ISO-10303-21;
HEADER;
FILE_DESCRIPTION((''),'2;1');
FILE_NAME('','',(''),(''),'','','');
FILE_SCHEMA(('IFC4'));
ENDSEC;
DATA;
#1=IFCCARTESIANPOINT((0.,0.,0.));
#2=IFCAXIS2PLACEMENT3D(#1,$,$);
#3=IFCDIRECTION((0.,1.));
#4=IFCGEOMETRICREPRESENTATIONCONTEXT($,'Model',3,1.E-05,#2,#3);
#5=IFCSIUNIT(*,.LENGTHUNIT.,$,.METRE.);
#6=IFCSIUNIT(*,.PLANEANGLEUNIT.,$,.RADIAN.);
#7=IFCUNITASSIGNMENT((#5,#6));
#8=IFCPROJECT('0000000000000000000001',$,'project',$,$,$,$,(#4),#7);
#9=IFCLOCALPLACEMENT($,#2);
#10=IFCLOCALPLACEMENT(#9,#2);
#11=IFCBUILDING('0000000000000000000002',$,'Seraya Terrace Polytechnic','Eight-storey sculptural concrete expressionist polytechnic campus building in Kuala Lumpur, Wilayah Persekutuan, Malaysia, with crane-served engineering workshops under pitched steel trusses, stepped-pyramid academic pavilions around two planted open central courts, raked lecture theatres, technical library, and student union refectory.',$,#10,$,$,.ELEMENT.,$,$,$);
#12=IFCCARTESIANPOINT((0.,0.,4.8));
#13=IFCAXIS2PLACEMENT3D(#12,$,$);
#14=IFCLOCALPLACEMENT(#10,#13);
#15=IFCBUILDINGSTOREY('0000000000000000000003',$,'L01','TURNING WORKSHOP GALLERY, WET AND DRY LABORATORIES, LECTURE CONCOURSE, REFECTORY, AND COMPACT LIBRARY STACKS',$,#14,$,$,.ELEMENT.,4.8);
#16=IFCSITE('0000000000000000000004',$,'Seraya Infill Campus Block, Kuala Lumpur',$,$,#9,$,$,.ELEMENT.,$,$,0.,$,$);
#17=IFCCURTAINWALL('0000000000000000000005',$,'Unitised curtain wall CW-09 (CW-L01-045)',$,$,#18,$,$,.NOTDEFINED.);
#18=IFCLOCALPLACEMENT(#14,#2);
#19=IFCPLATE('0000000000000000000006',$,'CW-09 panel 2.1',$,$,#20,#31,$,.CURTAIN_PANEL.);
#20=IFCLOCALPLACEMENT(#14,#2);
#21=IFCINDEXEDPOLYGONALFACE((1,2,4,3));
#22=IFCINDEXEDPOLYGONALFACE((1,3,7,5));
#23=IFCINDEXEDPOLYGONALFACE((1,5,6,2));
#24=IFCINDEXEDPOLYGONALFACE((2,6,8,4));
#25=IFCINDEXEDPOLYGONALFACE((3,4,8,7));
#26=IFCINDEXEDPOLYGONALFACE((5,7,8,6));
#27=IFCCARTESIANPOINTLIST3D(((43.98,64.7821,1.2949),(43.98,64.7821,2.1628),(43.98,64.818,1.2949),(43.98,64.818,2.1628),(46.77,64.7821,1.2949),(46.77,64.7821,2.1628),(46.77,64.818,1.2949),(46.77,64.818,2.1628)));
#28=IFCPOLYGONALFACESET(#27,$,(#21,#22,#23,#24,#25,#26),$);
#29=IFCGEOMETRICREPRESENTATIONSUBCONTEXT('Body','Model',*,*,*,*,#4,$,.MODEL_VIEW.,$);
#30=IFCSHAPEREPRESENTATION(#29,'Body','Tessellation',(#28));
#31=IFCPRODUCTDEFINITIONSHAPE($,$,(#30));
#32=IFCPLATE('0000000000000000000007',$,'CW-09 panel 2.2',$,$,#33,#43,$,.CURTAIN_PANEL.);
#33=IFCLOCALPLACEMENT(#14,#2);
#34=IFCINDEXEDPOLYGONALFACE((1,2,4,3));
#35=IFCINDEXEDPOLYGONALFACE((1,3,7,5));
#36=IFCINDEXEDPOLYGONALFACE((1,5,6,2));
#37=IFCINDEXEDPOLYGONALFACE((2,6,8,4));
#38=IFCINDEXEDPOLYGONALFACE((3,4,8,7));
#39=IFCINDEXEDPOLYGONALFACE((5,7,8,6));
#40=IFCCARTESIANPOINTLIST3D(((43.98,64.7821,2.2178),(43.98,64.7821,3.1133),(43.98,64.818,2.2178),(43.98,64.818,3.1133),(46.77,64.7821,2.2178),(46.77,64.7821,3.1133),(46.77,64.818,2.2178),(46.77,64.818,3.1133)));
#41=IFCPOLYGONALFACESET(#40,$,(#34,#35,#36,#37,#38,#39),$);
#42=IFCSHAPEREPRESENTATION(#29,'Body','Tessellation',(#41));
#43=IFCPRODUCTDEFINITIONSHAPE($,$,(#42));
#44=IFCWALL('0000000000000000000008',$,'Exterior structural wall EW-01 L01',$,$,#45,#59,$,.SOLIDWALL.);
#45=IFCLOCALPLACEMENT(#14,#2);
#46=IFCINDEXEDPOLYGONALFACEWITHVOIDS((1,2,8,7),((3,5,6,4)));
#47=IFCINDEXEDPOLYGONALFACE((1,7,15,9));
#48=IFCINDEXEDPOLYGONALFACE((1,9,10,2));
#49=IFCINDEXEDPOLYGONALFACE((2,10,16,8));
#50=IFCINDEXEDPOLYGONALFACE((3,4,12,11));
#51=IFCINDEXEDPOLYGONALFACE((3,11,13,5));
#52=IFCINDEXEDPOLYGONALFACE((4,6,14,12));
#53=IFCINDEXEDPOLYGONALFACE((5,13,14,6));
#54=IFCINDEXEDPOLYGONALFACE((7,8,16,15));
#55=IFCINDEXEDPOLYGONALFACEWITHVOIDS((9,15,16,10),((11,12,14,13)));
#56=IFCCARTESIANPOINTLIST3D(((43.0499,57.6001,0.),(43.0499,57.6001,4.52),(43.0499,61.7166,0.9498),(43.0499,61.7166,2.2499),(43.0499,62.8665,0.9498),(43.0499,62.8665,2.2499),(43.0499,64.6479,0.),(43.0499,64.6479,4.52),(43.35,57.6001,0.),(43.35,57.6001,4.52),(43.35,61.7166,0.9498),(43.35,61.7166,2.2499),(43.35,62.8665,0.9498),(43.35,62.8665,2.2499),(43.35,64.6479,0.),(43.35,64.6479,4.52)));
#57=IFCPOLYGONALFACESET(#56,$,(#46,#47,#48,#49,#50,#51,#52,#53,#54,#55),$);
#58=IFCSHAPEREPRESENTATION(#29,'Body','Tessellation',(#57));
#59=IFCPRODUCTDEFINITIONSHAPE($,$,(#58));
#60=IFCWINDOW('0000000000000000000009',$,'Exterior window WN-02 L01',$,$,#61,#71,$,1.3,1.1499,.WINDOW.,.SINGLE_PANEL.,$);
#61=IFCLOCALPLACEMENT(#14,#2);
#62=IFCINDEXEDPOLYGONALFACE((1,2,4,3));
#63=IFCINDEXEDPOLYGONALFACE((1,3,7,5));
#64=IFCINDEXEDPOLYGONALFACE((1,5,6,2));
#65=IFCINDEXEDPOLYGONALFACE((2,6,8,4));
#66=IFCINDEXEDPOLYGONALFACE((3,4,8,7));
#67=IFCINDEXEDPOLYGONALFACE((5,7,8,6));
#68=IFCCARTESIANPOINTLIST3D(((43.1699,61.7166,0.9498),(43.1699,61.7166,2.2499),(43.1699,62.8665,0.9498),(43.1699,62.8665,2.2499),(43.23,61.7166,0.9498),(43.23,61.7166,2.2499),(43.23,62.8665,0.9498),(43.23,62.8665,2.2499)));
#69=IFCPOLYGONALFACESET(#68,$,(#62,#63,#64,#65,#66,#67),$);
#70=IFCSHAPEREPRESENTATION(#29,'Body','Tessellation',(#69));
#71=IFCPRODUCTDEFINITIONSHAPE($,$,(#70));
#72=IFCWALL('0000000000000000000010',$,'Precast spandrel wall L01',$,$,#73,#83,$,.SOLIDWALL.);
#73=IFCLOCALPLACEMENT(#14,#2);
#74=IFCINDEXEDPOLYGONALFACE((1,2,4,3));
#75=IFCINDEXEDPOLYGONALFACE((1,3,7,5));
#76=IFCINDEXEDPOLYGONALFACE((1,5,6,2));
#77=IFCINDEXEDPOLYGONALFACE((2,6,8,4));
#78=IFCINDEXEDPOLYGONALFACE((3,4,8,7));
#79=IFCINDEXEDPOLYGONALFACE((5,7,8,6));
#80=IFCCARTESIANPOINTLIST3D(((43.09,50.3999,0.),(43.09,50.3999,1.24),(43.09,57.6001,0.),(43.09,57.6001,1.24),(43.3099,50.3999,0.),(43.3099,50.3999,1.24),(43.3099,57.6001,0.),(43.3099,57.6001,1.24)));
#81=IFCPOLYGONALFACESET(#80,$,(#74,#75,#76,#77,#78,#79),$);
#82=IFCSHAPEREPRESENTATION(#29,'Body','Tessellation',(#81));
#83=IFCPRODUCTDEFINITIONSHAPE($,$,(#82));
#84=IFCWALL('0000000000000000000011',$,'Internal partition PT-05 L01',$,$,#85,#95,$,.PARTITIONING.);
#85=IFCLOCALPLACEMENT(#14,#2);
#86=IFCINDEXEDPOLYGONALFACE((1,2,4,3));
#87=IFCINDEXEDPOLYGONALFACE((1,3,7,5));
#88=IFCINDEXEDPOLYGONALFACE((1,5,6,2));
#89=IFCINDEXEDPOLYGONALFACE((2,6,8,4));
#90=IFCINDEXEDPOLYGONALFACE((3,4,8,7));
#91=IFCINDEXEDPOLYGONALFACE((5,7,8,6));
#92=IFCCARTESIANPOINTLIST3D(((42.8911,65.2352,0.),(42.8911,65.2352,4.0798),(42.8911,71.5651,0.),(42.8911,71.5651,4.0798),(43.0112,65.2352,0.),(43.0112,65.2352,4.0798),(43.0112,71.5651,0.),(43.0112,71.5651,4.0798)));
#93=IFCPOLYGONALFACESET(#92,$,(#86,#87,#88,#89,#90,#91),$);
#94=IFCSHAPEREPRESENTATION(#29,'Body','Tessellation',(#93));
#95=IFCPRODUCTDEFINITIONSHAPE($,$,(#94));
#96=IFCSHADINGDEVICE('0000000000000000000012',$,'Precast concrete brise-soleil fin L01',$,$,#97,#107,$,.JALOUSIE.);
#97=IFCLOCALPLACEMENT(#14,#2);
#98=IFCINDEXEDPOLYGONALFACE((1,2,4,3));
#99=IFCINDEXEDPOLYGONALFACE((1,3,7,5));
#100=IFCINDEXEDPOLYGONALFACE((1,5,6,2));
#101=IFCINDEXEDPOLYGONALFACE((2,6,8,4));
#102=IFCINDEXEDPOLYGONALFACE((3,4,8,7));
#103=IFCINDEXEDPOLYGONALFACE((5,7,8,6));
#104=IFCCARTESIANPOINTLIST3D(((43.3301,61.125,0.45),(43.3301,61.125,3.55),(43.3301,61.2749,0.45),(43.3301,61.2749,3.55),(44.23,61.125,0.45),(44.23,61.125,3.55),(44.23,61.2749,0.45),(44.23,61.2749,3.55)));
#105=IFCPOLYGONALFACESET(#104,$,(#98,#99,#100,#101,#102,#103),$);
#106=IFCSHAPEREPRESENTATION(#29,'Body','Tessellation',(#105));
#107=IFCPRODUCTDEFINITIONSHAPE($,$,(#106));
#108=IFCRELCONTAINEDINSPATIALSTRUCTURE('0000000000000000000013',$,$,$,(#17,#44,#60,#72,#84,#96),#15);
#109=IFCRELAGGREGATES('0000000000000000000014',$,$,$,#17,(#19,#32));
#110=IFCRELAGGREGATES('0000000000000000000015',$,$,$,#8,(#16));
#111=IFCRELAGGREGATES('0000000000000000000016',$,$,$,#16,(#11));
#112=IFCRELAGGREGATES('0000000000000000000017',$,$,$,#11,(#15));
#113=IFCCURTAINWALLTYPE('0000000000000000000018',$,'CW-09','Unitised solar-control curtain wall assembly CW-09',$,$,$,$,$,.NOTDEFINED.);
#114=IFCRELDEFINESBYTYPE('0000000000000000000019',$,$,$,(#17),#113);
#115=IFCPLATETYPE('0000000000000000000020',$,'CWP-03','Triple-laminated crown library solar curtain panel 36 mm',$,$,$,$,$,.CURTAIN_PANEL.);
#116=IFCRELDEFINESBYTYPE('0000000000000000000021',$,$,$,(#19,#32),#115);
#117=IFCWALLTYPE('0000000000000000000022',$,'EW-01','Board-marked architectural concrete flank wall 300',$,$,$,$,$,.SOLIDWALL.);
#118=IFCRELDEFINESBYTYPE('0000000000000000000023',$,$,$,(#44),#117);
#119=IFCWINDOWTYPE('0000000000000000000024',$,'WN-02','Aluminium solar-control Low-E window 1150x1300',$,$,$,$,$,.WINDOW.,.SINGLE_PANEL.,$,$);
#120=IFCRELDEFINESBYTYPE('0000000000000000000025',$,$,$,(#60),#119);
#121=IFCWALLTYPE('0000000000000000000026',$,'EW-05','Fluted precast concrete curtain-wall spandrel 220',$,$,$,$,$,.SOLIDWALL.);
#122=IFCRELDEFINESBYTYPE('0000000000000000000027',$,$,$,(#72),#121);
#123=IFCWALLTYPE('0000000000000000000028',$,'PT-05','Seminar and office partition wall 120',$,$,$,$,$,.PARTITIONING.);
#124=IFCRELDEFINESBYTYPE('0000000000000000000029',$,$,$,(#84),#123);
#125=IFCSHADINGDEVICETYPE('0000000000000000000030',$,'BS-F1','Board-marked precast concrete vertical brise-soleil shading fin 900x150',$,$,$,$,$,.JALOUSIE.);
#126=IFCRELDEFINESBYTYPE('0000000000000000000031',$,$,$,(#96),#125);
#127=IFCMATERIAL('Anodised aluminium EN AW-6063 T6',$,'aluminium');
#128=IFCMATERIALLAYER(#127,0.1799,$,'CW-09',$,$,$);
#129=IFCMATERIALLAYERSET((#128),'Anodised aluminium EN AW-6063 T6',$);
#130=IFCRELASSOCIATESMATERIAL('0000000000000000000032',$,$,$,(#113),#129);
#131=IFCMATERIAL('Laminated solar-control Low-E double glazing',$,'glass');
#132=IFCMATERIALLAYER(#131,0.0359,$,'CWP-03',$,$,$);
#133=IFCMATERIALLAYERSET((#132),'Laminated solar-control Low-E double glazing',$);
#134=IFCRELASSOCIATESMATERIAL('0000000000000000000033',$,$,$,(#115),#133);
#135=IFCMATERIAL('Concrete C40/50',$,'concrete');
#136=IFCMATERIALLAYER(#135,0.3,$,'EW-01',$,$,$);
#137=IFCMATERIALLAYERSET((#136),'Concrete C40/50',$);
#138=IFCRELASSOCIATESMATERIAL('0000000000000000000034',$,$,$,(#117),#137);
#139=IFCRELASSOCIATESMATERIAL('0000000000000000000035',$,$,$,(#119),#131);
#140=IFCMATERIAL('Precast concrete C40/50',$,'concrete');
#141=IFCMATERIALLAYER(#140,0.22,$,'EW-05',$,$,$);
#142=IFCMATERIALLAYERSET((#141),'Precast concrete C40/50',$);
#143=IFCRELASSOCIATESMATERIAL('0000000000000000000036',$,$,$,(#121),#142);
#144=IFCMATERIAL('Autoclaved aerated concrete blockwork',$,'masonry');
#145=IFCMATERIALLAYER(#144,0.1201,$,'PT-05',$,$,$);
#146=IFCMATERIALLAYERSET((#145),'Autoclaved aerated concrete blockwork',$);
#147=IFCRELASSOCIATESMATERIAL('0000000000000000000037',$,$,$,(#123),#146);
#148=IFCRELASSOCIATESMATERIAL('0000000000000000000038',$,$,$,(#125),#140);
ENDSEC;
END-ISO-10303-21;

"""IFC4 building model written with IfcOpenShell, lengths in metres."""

from ifc_helpers import new_model, si_unit, direction, frame, frame_2d, origin, origin_2d, place, context, subcontext, project, spatial, rectangle, extrude, material, layer, layer_set, type_object, element, fill, aggregate, save


model = new_model("IFC4")

# Units and contexts
model_context = context("Model", 3, precision=1e-05, world=origin(), true_north=direction((0.0, 1.0)))
body_context = subcontext(model_context, "Body", "Model", "MODEL_VIEW")
ifc_project = project(units=[si_unit("LENGTHUNIT", "METRE"), si_unit("PLANEANGLEUNIT", "RADIAN")], contexts=[model_context])

# Site, building, storey
site_placement = place(None, origin())
site = spatial("IfcSite", under=ifc_project, at=site_placement, Name="Seraya Infill Campus Block, Kuala Lumpur", CompositionType="ELEMENT", RefElevation=0.0)
building_placement = place(site_placement, origin())
building = spatial("IfcBuilding", under=site, at=building_placement, Name="Seraya Terrace Polytechnic", Description="Eight-storey sculptural concrete expressionist polytechnic campus building in Kuala Lumpur, Wilayah Persekutuan, Malaysia, with crane-served engineering workshops under pitched steel trusses, stepped-pyramid academic pavilions around two planted open central courts, raked lecture theatres, technical library, and student union refectory.", CompositionType="ELEMENT")
storey_placement = place(building_placement, frame((0.0, 0.0, 4.8)))
storey = spatial("IfcBuildingStorey", under=building, at=storey_placement, Name="L01", Description="TURNING WORKSHOP GALLERY, WET AND DRY LABORATORIES, LECTURE CONCOURSE, REFECTORY, AND COMPACT LIBRARY STACKS", CompositionType="ELEMENT", Elevation=4.8)

# Shared definitions
ifc_material_1 = material(Name="Concrete C40/50", Category="concrete")

# Curtain wall
ifc_material_2 = material(Name="Anodised aluminium EN AW-6063 T6", Category="aluminium")
ifc_layer_1 = layer(ifc_material_2, 0.1799, Name="CW-09")
ifc_layer_set_1 = layer_set([ifc_layer_1], Name="Anodised aluminium EN AW-6063 T6")
curtain_wall_type_1 = type_object("IfcCurtainWallType", Name="CW-09", Description="Unitised solar-control curtain wall assembly CW-09", PredefinedType="NOTDEFINED", material=ifc_layer_set_1)
curtain_wall_1_placement = place(storey_placement, origin())
curtain_wall_1 = element("IfcCurtainWall", 1, at=curtain_wall_1_placement, inside=storey, type_object=curtain_wall_type_1, Name="Unitised curtain wall CW-09 (CW-L01-045)", PredefinedType="NOTDEFINED")

# Plates
ifc_material_3 = material(Name="Laminated solar-control Low-E double glazing", Category="glass")
ifc_layer_2 = layer(ifc_material_3, 0.0359, Name="CWP-03")
ifc_layer_set_2 = layer_set([ifc_layer_2], Name="Laminated solar-control Low-E double glazing")
plate_type = type_object("IfcPlateType", Name="CWP-03", Description="Triple-laminated crown library solar curtain panel 36 mm", PredefinedType="CURTAIN_PANEL", material=ifc_layer_set_2)
plate_1_placement = place(storey_placement, frame((45.375, 64.8, 1.2949), z_axis=(0.0, 0.0, 1.0), x_axis=(-1.0, 0.0, 0.0)))
plate_1 = element("IfcPlate", 2, at=plate_1_placement, type_object=plate_type, Name="CW-09 panel 2.1", PredefinedType="CURTAIN_PANEL", context=body_context, shape_type="SweptSolid", body=[
    extrude(rectangle(XDim=2.79, YDim=0.0359, at=origin_2d()), origin(), (0.0, 0.0, 1.0), 0.8679),
])
plate_2_placement = place(storey_placement, frame((45.375, 64.8, 2.2178), z_axis=(0.0, 0.0, 1.0), x_axis=(-1.0, 0.0, 0.0)))
plate_2 = element("IfcPlate", 3, at=plate_2_placement, type_object=plate_type, Name="CW-09 panel 2.2", PredefinedType="CURTAIN_PANEL", context=body_context, shape_type="SweptSolid", body=[
    extrude(rectangle(XDim=2.79, YDim=0.0359, at=origin_2d()), origin(), (0.0, 0.0, 1.0), 0.8955),
])
aggregate(curtain_wall_1, [plate_1, plate_2])

# Wall, opening, window
ifc_layer_3 = layer(ifc_material_1, 0.3, Name="EW-01")
ifc_layer_set_3 = layer_set([ifc_layer_3], Name="Concrete C40/50")
wall_type_1 = type_object("IfcWallType", Name="EW-01", Description="Board-marked architectural concrete flank wall 300", PredefinedType="SOLIDWALL", material=ifc_layer_set_3)
wall_1_placement = place(storey_placement, frame((43.2, 64.6479, 0.0), z_axis=(0.0, 0.0, 1.0), x_axis=(0.0, -1.0, 0.0)))
wall_1 = element("IfcWall", 4, at=wall_1_placement, inside=storey, type_object=wall_type_1, Name="Exterior structural wall EW-01 L01", PredefinedType="SOLIDWALL", context=body_context, shape_type="SweptSolid", body=[
    extrude(rectangle(XDim=7.0479, YDim=0.3, at=frame_2d((3.5239, 0.0))), origin(), (0.0, 0.0, 1.0), 4.52),
])
opening_placement = place(wall_1_placement, frame((1.7815, 0.0, 0.95)))
opening = element("IfcOpeningElement", 5, at=opening_placement, cuts=wall_1, PredefinedType="OPENING", context=body_context, shape_type="SweptSolid", body=[
    extrude(rectangle(XDim=1.1499, YDim=1.3, at=frame_2d((0.575, 0.6499))), frame((0.0, 0.1621, 0.0), z_axis=(0.0, -1.0, 0.0), x_axis=(1.0, 0.0, 0.0)), (0.0, 0.0, 1.0), 0.324),
])
window_type = type_object("IfcWindowType", Name="WN-02", Description="Aluminium solar-control Low-E window 1150x1300", PartitioningType="SINGLE_PANEL", PredefinedType="WINDOW", material=ifc_material_3)
window_placement = place(opening_placement, origin())
window = element("IfcWindow", 6, at=window_placement, inside=storey, type_object=window_type, Name="Exterior window WN-02 L01", OverallHeight=1.3, OverallWidth=1.1499, PartitioningType="SINGLE_PANEL", PredefinedType="WINDOW", context=body_context, shape_type="SweptSolid", body=[
    extrude(rectangle(XDim=1.1499, YDim=1.3, at=frame_2d((0.575, 0.6499))), frame((0.0, 0.03, 0.0), z_axis=(0.0, -1.0, 0.0), x_axis=(1.0, 0.0, 0.0)), (0.0, 0.0, 1.0), 0.0601),
])
fill(opening, window)

# Walls
ifc_material_4 = material(Name="Precast concrete C40/50", Category="concrete")
ifc_layer_4 = layer(ifc_material_4, 0.22, Name="EW-05")
ifc_layer_set_4 = layer_set([ifc_layer_4], Name="Precast concrete C40/50")
wall_type_2 = type_object("IfcWallType", Name="EW-05", Description="Fluted precast concrete curtain-wall spandrel 220", PredefinedType="SOLIDWALL", material=ifc_layer_set_4)
wall_2_placement = place(storey_placement, frame((43.2, 57.6001, 0.0), z_axis=(0.0, 0.0, 1.0), x_axis=(0.0, -1.0, 0.0)))
element("IfcWall", 7, at=wall_2_placement, inside=storey, type_object=wall_type_2, Name="Precast spandrel wall L01", PredefinedType="SOLIDWALL", context=body_context, shape_type="SweptSolid", body=[
    extrude(rectangle(XDim=7.2002, YDim=0.22, at=frame_2d((3.6001, 0.0))), origin(), (0.0, 0.0, 1.0), 1.24),
])
ifc_material_5 = material(Name="Autoclaved aerated concrete blockwork", Category="masonry")
ifc_layer_5 = layer(ifc_material_5, 0.1201, Name="PT-05")
ifc_layer_set_5 = layer_set([ifc_layer_5], Name="Autoclaved aerated concrete blockwork")
wall_type_3 = type_object("IfcWallType", Name="PT-05", Description="Seminar and office partition wall 120", PredefinedType="PARTITIONING", material=ifc_layer_set_5)
wall_3_placement = place(storey_placement, frame((42.9512, 65.2351, 0.0), z_axis=(0.0, 0.0, 1.0), x_axis=(0.0, 1.0, 0.0)))
element("IfcWall", 8, at=wall_3_placement, inside=storey, type_object=wall_type_3, Name="Internal partition PT-05 L01", PredefinedType="PARTITIONING", context=body_context, shape_type="SweptSolid", body=[
    extrude(rectangle(XDim=6.3298, YDim=0.1201, at=frame_2d((3.165, 0.0))), origin(), (0.0, 0.0, 1.0), 4.0798),
])

# Shading device
shading_device_type = type_object("IfcShadingDeviceType", Name="BS-F1", Description="Board-marked precast concrete vertical brise-soleil shading fin 900x150", PredefinedType="JALOUSIE", material=ifc_material_4)
shading_device_placement = place(storey_placement, frame((43.78, 61.2, 0.45), z_axis=(0.0, 0.0, 1.0), x_axis=(1.0, 0.0, 0.0)))
element("IfcShadingDevice", 9, at=shading_device_placement, inside=storey, type_object=shading_device_type, Name="Precast concrete brise-soleil fin L01", PredefinedType="JALOUSIE", context=body_context, shape_type="SweptSolid", body=[
    extrude(rectangle(XDim=0.8999, YDim=0.1499, at=origin_2d()), origin(), (0.0, 0.0, 1.0), 3.1001),
])

save(model, "model.ifc")
